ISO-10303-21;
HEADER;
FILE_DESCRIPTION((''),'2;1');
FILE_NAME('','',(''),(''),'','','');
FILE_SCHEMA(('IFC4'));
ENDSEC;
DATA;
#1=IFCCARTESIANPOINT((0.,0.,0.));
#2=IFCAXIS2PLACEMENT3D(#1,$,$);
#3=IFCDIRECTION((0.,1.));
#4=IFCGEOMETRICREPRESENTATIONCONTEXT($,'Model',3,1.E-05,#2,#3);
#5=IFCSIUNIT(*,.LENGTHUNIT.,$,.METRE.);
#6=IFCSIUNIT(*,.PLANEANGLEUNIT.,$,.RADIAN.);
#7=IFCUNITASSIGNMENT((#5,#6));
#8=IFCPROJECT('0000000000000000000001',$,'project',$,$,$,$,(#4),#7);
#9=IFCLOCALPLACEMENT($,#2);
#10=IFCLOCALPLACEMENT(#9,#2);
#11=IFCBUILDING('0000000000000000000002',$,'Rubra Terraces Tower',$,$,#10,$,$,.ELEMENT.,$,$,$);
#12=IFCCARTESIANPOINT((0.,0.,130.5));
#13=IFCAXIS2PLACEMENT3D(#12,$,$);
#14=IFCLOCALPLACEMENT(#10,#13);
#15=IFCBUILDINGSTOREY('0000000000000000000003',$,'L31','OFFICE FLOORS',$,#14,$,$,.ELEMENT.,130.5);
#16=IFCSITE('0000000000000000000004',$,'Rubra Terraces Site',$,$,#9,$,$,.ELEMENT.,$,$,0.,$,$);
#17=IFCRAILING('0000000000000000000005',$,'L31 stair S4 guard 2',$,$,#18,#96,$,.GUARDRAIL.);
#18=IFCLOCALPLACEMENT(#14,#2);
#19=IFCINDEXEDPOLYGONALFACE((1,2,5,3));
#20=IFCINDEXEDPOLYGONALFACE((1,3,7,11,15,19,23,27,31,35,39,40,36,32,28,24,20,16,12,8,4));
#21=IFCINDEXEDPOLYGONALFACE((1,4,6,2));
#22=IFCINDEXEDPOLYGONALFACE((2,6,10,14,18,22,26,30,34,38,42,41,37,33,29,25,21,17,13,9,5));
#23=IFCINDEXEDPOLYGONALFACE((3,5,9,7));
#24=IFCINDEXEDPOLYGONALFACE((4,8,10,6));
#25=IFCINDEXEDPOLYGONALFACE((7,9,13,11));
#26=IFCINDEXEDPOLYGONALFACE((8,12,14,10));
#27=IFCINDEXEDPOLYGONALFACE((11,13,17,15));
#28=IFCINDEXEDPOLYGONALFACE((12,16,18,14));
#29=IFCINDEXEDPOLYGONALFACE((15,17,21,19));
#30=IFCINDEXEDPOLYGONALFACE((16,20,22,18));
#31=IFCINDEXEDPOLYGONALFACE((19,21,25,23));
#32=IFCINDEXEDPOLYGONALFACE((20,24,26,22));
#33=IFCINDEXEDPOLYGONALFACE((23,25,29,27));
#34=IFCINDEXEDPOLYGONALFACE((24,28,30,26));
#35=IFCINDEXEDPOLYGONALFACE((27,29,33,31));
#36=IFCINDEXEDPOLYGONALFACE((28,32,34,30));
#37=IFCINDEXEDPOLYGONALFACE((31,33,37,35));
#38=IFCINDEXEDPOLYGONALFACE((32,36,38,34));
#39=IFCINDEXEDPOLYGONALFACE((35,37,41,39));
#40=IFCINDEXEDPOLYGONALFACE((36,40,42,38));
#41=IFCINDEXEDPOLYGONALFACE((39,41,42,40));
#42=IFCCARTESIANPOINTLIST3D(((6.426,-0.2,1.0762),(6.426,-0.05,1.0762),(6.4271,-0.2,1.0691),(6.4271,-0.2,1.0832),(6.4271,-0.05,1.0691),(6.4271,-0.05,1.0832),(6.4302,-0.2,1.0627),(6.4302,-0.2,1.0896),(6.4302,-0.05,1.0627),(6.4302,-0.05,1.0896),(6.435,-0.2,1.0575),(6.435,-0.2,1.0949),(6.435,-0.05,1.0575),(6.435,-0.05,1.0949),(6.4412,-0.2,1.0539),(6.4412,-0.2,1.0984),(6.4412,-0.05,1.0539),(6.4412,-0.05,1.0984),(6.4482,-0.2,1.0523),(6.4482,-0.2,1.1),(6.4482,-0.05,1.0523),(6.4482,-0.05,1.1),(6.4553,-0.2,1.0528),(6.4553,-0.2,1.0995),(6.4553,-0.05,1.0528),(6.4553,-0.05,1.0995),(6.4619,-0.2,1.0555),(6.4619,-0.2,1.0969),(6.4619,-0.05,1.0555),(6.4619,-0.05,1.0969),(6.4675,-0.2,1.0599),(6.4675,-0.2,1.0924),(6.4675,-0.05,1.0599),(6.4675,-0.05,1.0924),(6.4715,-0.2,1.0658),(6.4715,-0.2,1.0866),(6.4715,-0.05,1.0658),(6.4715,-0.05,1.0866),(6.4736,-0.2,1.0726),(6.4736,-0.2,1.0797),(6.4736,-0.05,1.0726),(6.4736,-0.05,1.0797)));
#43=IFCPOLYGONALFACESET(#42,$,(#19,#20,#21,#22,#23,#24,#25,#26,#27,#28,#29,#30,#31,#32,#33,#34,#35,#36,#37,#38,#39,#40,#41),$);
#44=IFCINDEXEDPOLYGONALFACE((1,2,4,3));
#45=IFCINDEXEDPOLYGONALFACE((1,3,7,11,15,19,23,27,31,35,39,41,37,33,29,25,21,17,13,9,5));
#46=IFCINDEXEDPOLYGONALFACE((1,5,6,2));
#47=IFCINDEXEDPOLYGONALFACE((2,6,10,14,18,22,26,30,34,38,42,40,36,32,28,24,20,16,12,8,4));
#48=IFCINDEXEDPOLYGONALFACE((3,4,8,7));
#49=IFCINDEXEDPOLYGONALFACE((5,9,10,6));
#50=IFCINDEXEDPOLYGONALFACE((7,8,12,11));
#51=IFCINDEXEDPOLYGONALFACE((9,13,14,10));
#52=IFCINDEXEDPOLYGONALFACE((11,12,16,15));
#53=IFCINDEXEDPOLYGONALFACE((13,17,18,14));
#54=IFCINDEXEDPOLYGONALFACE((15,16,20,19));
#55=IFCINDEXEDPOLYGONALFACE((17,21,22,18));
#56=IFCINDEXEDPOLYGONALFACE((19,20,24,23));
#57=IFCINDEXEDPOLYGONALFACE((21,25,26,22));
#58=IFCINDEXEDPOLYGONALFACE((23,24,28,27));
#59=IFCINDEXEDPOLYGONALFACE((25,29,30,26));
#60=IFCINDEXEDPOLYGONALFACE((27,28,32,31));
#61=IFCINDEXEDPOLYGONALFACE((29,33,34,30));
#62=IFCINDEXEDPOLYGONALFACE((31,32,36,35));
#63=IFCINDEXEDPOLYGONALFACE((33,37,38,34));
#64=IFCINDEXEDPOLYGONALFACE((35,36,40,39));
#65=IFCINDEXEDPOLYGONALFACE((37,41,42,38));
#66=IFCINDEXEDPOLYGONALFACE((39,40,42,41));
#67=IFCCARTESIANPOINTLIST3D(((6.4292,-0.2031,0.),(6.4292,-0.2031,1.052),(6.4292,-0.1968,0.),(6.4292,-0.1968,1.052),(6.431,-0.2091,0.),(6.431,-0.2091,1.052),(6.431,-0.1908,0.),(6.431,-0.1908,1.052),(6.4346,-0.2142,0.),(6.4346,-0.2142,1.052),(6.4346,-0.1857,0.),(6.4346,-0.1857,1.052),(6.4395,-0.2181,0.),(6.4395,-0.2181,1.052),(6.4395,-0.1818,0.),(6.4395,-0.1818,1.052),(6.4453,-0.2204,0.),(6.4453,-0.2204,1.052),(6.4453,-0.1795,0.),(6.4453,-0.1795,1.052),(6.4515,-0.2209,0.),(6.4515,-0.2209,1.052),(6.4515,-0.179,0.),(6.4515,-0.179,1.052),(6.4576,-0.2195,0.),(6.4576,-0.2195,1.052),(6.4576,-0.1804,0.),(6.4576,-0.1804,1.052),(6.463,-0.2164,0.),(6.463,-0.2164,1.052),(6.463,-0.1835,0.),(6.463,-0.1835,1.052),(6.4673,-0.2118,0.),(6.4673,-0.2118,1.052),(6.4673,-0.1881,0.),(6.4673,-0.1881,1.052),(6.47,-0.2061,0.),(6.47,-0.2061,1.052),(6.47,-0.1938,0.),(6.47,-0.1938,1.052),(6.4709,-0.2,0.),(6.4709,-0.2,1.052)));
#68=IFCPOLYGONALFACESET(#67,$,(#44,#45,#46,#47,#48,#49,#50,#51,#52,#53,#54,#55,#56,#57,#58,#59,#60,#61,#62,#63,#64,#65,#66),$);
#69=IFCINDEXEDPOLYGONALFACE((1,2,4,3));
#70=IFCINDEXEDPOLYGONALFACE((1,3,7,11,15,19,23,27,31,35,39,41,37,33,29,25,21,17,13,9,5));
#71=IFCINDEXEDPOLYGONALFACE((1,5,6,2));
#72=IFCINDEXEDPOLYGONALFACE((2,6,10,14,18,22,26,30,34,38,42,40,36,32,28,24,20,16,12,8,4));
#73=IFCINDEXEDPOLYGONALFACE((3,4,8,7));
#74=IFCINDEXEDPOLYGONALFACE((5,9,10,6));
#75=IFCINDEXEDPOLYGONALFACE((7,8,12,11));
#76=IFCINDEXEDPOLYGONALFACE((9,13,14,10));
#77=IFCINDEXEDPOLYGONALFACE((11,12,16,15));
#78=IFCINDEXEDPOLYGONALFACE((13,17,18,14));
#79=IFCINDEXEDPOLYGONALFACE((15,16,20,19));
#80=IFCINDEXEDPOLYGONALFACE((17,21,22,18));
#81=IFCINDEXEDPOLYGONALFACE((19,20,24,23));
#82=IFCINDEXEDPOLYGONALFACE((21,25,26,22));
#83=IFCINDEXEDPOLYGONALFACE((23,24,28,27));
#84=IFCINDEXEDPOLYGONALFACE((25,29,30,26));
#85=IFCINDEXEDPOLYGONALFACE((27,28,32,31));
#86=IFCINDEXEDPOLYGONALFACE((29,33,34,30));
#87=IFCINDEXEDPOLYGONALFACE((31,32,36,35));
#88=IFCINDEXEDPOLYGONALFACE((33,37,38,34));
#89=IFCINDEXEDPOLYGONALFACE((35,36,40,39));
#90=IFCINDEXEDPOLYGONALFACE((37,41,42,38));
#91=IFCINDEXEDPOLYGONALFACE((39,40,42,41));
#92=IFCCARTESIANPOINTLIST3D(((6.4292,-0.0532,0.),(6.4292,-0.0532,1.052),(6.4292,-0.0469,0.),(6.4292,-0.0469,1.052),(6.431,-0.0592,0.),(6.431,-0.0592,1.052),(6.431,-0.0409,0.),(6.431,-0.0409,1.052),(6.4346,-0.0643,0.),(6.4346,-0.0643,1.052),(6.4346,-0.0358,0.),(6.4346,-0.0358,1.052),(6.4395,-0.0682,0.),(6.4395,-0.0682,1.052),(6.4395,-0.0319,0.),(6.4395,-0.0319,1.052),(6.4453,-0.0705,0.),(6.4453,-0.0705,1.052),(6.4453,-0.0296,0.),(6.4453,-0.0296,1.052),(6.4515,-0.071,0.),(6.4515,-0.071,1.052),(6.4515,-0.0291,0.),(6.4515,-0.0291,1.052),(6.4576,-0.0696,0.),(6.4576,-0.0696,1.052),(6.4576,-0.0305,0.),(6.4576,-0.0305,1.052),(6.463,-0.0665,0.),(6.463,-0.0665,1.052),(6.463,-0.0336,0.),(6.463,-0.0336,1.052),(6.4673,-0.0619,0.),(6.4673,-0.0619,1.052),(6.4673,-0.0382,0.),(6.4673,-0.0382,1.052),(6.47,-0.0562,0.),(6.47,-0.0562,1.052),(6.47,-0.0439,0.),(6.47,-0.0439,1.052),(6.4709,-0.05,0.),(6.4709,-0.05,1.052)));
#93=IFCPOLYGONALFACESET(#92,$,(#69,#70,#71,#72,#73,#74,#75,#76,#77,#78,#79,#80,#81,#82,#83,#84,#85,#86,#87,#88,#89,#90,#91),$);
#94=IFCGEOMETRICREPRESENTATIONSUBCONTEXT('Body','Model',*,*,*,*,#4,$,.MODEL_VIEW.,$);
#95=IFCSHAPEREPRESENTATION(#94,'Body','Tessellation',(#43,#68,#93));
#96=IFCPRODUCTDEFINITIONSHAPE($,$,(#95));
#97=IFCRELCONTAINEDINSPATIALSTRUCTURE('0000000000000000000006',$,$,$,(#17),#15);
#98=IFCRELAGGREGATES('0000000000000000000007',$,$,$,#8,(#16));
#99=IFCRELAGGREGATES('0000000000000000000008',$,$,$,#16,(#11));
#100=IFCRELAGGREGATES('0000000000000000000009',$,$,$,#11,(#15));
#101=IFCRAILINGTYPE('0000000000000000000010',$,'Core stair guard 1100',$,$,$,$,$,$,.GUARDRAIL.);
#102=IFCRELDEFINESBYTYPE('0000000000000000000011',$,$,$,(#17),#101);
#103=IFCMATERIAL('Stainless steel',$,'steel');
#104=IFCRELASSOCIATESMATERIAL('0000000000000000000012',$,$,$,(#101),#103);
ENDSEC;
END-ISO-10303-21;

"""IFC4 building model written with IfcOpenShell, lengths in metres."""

from ifc_helpers import new_model, si_unit, direction, frame, origin, origin_2d, place, context, subcontext, project, spatial, circle, extrude, material, type_object, element, save


model = new_model("IFC4")

# Units and contexts
model_context = context("Model", 3, precision=1e-05, world=origin(), true_north=direction((0.0, 1.0)))
body_context = subcontext(model_context, "Body", "Model", "MODEL_VIEW")
ifc_project = project(units=[si_unit("LENGTHUNIT", "METRE"), si_unit("PLANEANGLEUNIT", "RADIAN")], contexts=[model_context])

# Site, building, storey
site_placement = place(None, origin())
site = spatial("IfcSite", under=ifc_project, at=site_placement, Name="Rubra Terraces Site", CompositionType="ELEMENT", RefElevation=0.0)
building_placement = place(site_placement, origin())
building = spatial("IfcBuilding", under=site, at=building_placement, Name="Rubra Terraces Tower", CompositionType="ELEMENT")
storey_placement = place(building_placement, frame((0.0, 0.0, 130.5)))
storey = spatial("IfcBuildingStorey", under=building, at=storey_placement, Name="L31", Description="OFFICE FLOORS", CompositionType="ELEMENT", Elevation=130.5)

# Railing
ifc_material_1 = material(Name="Stainless steel", Category="steel")
railing_type_1 = type_object("IfcRailingType", Name="Core stair guard 1100", PredefinedType="GUARDRAIL", material=ifc_material_1)
railing_1_placement = place(storey_placement, frame((6.45, -0.2, 0.0)))
element("IfcRailing", 1, at=railing_1_placement, inside=storey, type_object=railing_type_1, Name="L31 stair S4 guard 2", PredefinedType="GUARDRAIL", context=body_context, shape_type="SweptSolid", body=[
    extrude(circle(Radius=0.0239, at=origin_2d()), frame((0.0, 0.0, 1.0762), z_axis=(0.0, 1.0, 0.0), x_axis=(-1.0, 0.0, 0.0)), (0.0, 0.0, 1.0), 0.1499),
    extrude(circle(Radius=0.021, at=origin_2d()), origin(), (0.0, 0.0, 1.0), 1.052),
    extrude(circle(Radius=0.021, at=origin_2d()), frame((0.0, 0.1499, 0.0)), (0.0, 0.0, 1.0), 1.052),
])

save(model, "model.ifc")
